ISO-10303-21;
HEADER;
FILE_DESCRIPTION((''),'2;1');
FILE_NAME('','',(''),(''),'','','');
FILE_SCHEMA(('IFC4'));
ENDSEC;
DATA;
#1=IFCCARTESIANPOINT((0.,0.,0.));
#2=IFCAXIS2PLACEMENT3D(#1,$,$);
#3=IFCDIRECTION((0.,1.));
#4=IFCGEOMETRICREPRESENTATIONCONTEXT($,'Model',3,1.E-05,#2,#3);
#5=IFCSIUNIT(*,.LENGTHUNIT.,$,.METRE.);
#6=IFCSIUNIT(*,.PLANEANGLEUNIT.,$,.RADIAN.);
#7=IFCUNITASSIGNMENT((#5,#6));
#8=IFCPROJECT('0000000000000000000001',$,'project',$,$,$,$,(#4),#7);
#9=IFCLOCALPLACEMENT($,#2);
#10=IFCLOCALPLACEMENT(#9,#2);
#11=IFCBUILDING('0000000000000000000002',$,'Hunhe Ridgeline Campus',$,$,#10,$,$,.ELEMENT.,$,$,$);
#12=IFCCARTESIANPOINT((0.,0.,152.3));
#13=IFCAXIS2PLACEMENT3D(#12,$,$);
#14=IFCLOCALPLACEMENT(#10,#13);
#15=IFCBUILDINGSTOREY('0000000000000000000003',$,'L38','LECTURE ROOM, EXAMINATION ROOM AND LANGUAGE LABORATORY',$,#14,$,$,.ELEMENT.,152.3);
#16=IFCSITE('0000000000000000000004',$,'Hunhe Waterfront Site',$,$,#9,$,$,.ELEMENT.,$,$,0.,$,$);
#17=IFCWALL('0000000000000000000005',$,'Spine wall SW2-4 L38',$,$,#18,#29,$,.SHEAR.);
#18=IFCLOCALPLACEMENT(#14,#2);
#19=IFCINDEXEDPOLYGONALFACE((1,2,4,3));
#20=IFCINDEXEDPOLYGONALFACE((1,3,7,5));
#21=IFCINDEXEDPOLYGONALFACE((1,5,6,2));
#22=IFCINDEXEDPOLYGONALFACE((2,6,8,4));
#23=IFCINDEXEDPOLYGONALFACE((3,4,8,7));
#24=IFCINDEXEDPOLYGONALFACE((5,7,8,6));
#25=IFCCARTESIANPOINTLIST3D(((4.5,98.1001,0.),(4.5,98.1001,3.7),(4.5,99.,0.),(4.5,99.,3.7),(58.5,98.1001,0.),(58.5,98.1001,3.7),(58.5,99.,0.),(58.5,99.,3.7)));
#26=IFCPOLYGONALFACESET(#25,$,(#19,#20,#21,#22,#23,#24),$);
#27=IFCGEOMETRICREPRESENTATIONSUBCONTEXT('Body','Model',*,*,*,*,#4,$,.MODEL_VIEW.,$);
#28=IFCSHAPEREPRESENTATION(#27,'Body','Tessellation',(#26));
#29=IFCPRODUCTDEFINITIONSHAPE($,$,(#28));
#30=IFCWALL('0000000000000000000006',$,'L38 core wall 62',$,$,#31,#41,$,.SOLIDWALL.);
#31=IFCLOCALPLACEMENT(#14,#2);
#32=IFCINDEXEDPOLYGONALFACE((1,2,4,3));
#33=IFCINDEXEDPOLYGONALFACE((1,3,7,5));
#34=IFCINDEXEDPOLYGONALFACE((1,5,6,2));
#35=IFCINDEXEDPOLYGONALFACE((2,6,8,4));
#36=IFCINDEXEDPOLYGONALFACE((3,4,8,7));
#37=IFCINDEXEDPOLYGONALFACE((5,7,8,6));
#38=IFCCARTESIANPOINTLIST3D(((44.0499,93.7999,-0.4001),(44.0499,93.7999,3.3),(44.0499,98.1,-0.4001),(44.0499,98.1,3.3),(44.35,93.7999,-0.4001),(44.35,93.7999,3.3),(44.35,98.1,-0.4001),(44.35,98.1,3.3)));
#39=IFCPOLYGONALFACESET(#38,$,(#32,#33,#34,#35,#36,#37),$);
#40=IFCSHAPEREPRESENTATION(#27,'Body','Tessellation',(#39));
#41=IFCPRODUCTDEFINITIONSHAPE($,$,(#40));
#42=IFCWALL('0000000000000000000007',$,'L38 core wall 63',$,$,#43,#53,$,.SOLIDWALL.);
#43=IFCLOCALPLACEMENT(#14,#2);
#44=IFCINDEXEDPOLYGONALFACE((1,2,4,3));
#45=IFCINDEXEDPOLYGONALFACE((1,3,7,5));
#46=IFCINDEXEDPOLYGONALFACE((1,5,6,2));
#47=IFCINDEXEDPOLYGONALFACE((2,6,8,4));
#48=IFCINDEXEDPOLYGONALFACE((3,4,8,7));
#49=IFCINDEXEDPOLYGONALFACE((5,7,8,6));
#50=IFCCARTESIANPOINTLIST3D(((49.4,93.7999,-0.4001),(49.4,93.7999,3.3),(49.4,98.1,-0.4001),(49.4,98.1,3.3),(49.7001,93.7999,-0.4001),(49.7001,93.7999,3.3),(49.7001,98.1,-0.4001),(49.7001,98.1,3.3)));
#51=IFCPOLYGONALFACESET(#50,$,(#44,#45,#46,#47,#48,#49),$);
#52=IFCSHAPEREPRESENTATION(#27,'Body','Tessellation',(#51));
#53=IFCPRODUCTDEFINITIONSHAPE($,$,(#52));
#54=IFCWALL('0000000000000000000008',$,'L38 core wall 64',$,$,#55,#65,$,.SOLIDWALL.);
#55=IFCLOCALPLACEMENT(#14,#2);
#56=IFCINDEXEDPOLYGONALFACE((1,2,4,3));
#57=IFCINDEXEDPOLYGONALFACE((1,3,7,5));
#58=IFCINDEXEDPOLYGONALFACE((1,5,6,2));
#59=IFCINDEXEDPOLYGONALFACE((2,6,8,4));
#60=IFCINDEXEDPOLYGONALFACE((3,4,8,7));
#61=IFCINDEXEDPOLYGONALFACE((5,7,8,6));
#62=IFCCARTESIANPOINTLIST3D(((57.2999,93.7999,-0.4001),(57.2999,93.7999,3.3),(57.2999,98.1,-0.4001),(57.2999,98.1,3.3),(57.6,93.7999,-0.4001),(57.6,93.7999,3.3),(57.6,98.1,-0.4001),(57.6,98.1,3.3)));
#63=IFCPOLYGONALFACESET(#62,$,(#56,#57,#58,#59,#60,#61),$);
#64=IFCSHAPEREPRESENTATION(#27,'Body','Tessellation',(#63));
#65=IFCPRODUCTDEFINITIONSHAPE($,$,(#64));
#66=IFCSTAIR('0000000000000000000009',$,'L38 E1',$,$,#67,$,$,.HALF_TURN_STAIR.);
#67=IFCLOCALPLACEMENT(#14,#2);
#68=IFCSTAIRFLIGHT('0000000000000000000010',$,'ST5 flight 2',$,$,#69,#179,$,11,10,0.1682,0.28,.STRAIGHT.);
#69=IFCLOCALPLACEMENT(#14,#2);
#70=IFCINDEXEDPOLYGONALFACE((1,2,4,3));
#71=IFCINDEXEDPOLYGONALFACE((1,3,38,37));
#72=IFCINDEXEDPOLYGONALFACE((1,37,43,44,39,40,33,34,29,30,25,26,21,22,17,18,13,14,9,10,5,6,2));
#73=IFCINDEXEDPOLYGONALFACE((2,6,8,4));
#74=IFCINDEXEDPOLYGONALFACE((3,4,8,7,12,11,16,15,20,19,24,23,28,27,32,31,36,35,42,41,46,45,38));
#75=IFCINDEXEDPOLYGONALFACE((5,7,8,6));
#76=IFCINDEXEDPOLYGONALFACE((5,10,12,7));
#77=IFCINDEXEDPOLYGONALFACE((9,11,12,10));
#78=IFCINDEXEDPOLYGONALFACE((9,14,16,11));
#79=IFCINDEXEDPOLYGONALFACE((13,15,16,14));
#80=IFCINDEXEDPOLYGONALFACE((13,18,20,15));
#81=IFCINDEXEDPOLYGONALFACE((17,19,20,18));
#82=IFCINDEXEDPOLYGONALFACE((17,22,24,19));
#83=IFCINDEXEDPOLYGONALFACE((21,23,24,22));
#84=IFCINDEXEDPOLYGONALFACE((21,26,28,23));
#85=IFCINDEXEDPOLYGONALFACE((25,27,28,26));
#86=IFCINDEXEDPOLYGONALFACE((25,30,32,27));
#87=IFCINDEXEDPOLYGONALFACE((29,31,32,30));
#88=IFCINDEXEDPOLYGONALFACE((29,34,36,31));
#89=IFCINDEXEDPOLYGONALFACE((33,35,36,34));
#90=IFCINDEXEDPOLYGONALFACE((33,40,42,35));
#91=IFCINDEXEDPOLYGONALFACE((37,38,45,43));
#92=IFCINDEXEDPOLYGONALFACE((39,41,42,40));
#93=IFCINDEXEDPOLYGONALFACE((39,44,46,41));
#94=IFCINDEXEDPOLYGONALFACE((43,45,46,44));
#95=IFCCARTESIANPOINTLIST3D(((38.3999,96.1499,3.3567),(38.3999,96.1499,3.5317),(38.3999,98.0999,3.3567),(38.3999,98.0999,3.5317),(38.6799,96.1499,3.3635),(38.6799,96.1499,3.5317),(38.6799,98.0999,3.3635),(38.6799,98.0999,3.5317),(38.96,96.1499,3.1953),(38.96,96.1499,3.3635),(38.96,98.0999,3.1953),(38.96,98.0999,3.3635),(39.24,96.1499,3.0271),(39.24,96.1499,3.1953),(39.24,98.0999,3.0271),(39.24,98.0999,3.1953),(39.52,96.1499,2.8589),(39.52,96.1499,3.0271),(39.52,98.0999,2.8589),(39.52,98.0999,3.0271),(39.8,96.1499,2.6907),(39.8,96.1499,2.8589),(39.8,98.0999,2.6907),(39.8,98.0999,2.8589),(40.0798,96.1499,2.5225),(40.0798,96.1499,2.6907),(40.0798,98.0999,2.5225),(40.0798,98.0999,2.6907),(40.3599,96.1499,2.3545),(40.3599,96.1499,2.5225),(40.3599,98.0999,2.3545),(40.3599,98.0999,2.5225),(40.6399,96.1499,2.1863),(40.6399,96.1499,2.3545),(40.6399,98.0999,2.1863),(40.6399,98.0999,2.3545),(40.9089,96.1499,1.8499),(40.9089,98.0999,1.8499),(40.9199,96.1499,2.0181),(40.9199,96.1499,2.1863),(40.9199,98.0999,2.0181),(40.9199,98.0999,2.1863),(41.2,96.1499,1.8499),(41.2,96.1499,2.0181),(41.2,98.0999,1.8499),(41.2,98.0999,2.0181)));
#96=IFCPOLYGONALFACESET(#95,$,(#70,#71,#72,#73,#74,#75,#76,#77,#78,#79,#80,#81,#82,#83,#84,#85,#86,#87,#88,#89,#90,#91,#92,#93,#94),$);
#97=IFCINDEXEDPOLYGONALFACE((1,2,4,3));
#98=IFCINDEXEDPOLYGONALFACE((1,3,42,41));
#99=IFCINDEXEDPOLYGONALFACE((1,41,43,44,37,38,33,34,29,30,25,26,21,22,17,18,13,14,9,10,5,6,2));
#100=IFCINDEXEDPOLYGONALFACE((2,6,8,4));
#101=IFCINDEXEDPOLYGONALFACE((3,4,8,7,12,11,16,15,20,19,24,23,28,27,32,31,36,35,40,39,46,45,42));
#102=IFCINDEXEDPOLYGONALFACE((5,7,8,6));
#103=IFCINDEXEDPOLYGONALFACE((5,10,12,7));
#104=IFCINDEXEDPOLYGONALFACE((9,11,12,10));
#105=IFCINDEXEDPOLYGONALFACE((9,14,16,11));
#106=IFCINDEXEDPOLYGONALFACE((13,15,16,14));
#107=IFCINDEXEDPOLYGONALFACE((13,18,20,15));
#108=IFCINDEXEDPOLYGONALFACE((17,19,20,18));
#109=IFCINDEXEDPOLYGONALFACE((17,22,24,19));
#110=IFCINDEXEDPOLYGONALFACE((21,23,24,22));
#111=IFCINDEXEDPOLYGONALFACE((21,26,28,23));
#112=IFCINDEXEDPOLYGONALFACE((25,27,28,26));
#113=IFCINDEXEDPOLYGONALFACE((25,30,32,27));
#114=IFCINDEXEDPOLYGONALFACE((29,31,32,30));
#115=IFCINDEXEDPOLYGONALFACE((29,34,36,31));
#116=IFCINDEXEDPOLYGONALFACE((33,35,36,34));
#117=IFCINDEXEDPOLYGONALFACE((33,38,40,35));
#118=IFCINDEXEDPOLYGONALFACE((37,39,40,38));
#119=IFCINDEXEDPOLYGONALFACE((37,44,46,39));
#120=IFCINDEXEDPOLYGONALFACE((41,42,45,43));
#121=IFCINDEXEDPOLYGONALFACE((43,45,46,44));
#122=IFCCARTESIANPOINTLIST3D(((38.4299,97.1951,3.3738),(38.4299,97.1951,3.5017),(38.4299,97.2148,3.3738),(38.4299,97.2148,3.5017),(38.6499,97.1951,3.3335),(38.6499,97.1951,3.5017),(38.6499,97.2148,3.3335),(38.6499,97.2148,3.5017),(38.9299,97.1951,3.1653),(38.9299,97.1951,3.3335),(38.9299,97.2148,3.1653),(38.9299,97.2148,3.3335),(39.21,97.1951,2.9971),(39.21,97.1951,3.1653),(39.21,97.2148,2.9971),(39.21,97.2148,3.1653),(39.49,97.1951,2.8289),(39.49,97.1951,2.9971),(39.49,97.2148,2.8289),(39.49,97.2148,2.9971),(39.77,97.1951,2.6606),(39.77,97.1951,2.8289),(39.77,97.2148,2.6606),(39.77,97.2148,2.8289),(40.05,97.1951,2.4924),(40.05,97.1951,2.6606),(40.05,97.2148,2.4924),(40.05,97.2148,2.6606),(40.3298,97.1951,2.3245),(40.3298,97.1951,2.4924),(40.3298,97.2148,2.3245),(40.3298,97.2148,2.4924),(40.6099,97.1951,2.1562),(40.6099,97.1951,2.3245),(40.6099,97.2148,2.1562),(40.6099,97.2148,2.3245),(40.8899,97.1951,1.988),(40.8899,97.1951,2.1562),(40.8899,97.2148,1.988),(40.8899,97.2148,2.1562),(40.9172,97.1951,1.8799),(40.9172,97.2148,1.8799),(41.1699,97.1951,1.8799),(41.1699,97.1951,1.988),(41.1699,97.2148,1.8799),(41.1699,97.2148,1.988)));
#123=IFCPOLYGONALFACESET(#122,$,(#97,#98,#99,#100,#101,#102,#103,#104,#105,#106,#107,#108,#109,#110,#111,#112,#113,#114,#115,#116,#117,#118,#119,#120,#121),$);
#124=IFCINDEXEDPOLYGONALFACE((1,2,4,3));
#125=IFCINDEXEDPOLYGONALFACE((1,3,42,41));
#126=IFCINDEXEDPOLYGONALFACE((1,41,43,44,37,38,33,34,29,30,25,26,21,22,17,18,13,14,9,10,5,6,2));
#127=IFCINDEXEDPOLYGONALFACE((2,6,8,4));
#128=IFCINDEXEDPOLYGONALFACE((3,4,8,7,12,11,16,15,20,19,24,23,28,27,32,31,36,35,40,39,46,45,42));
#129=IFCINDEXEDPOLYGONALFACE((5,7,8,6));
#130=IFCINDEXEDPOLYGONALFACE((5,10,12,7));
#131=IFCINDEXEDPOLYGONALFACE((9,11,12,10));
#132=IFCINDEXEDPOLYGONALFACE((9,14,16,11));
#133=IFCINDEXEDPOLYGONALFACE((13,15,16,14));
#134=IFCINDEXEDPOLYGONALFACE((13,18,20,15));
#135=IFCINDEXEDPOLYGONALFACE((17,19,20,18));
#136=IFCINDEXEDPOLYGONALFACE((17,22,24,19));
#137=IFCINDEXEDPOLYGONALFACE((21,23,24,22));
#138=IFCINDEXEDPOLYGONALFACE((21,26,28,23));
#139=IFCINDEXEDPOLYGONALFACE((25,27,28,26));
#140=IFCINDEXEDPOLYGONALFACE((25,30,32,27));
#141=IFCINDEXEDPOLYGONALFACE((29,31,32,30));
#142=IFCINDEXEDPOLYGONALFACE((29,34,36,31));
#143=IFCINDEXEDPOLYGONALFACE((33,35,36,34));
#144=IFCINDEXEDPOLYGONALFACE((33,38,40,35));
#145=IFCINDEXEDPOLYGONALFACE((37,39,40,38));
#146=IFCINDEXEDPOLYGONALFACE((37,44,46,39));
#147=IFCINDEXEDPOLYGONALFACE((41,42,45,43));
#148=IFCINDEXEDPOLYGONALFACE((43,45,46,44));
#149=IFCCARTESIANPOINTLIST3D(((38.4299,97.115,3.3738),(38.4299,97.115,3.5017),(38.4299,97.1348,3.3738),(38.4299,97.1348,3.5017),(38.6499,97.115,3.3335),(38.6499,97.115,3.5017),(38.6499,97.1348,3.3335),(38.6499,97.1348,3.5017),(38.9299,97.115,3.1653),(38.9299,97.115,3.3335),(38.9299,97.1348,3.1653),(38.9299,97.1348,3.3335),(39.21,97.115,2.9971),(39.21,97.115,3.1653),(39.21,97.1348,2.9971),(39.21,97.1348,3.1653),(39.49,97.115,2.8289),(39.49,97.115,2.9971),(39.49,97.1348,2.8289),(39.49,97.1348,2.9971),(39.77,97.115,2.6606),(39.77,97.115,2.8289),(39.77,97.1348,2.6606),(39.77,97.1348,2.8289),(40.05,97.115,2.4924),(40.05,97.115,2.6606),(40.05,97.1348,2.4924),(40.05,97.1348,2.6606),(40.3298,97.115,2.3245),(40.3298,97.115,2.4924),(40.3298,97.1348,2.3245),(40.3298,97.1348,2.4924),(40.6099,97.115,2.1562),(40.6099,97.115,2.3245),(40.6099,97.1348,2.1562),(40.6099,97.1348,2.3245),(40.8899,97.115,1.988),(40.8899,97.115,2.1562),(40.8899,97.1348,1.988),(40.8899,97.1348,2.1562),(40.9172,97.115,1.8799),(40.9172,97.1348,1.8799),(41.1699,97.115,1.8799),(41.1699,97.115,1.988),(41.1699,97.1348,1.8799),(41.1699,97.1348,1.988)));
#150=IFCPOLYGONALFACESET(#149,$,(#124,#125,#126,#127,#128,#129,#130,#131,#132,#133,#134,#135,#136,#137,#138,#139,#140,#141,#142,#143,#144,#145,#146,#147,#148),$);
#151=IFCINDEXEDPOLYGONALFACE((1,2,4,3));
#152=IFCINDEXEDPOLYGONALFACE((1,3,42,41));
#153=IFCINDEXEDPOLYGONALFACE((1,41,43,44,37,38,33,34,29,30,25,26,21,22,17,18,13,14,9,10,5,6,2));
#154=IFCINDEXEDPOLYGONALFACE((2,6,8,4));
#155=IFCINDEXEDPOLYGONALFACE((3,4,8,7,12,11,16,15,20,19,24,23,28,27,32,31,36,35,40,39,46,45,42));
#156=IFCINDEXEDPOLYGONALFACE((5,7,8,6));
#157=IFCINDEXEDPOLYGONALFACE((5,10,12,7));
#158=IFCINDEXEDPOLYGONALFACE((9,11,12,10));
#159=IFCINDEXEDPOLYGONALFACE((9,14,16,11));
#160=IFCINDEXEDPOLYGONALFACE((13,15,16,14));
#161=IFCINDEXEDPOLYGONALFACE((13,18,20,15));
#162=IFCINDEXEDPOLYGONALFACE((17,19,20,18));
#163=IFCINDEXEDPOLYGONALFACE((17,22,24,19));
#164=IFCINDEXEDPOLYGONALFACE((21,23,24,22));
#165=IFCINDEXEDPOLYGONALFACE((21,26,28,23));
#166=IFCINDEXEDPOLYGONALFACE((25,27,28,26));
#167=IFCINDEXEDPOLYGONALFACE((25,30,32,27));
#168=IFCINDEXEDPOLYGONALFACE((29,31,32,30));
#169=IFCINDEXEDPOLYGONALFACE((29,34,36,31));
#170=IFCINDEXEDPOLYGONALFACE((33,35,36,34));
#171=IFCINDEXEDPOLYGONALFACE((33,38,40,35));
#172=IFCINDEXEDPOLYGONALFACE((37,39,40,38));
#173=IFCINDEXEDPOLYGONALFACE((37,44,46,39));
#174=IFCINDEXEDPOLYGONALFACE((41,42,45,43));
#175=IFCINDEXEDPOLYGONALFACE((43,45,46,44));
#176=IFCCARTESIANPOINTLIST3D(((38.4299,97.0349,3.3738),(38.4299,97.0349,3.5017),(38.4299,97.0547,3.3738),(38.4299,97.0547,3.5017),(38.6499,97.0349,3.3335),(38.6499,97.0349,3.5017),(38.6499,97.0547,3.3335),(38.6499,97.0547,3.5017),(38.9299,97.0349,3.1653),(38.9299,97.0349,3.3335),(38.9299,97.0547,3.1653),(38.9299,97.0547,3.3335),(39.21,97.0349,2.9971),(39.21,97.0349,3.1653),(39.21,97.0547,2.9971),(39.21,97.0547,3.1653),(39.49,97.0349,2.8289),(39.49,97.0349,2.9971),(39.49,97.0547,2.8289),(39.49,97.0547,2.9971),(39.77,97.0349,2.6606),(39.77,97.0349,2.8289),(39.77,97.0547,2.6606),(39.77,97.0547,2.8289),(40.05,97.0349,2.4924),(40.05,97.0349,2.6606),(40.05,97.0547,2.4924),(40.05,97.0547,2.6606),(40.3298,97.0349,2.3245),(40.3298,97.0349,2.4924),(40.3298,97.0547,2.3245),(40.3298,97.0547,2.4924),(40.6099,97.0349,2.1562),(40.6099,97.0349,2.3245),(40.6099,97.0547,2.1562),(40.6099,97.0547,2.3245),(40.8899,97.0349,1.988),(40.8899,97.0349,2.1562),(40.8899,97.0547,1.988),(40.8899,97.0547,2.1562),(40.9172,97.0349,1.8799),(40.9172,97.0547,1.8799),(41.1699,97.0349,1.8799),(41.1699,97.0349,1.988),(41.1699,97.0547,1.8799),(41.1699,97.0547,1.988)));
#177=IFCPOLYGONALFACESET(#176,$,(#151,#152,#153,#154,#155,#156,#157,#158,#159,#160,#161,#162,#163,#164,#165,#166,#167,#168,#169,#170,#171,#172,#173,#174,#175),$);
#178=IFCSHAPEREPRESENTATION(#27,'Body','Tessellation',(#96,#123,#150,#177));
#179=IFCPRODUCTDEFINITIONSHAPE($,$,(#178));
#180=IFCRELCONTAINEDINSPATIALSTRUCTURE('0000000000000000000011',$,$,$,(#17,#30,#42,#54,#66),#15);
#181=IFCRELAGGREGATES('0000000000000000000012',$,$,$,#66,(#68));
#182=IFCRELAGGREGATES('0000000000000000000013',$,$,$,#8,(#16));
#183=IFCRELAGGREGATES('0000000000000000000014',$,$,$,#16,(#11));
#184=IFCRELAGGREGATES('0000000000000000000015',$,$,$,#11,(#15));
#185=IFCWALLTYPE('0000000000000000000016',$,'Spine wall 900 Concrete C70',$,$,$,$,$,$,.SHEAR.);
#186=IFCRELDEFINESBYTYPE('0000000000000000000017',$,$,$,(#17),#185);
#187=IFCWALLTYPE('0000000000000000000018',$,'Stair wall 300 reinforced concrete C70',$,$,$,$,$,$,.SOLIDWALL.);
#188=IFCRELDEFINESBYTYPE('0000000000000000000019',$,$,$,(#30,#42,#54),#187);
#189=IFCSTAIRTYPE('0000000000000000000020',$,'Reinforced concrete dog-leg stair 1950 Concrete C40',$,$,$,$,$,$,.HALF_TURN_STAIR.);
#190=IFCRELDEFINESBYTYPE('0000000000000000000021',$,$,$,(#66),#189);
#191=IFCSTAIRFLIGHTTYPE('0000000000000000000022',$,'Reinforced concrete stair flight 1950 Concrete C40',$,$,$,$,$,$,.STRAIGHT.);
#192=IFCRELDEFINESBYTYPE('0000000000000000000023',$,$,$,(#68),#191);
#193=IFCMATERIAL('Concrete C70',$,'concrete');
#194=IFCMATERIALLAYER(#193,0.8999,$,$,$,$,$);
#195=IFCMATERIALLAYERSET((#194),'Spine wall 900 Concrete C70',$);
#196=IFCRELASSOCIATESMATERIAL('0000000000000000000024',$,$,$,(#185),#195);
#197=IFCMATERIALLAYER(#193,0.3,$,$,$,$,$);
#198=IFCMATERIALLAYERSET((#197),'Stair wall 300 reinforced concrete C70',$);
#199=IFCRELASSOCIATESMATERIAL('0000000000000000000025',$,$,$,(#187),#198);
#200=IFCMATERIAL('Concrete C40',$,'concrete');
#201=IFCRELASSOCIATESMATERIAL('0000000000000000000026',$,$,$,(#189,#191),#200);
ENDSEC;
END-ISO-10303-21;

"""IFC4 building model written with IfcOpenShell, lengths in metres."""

from ifc_helpers import new_model, si_unit, direction, frame, frame_2d, origin, place, context, subcontext, project, spatial, polyline, rectangle, outline, extrude, material, layer, layer_set, type_object, element, aggregate, save


model = new_model("IFC4")

# Units and contexts
model_context = context("Model", 3, precision=1e-05, world=origin(), true_north=direction((0.0, 1.0)))
body_context = subcontext(model_context, "Body", "Model", "MODEL_VIEW")
ifc_project = project(units=[si_unit("LENGTHUNIT", "METRE"), si_unit("PLANEANGLEUNIT", "RADIAN")], contexts=[model_context])

# Site, building, storey
site_placement = place(None, origin())
site = spatial("IfcSite", under=ifc_project, at=site_placement, Name="Hunhe Waterfront Site", CompositionType="ELEMENT", RefElevation=0.0)
building_placement = place(site_placement, origin())
building = spatial("IfcBuilding", under=site, at=building_placement, Name="Hunhe Ridgeline Campus", CompositionType="ELEMENT")
storey_placement = place(building_placement, frame((0.0, 0.0, 152.3)))
storey = spatial("IfcBuildingStorey", under=building, at=storey_placement, Name="L38", Description="LECTURE ROOM, EXAMINATION ROOM AND LANGUAGE LABORATORY", CompositionType="ELEMENT", Elevation=152.3)

# Shared definitions
ifc_material_1 = material(Name="Concrete C70", Category="concrete")

# Wall
ifc_layer_1 = layer(ifc_material_1, 0.8999)
ifc_layer_set_1 = layer_set([ifc_layer_1], Name="Spine wall 900 Concrete C70")
wall_type_1 = type_object("IfcWallType", Name="Spine wall 900 Concrete C70", PredefinedType="SHEAR", material=ifc_layer_set_1)
wall_1_placement = place(storey_placement, frame((58.5, 98.55, 0.0), z_axis=(0.0, 0.0, 1.0), x_axis=(-1.0, 0.0, 0.0)))
element("IfcWall", 1, at=wall_1_placement, inside=storey, type_object=wall_type_1, Name="Spine wall SW2-4 L38", PredefinedType="SHEAR", context=body_context, shape_type="SweptSolid", body=[
    extrude(rectangle(XDim=54.0, YDim=0.8999, at=frame_2d((27.0, 0.0))), origin(), (0.0, 0.0, 1.0), 3.7),
])

# Shared definitions
ifc_layer_2 = layer(ifc_material_1, 0.3)
ifc_layer_set_2 = layer_set([ifc_layer_2], Name="Stair wall 300 reinforced concrete C70")
wall_type_2 = type_object("IfcWallType", Name="Stair wall 300 reinforced concrete C70", PredefinedType="SOLIDWALL", material=ifc_layer_set_2)

# Walls
for number, where, z_axis, x_axis, name in (
    (2, (44.2, 93.8, -0.4001), (0.0, 0.0, 1.0), (0.0, 1.0, 0.0), "L38 core wall 62"),
    (3, (49.55, 93.8, -0.4001), (0.0, 0.0, 1.0), (0.0, 1.0, 0.0), "L38 core wall 63"),
    (4, (57.45, 93.8, -0.4001), (0.0, 0.0, 1.0), (0.0, 1.0, 0.0), "L38 core wall 64"),
):
    element("IfcWall", number, at=place(storey_placement, frame(where, z_axis=z_axis, x_axis=x_axis)), inside=storey, type_object=wall_type_2, Name=name, PredefinedType="SOLIDWALL", context=body_context, shape_type="SweptSolid", body=[
        extrude(rectangle(XDim=4.3, YDim=0.3, at=frame_2d((2.1499, 0.0))), origin(), (0.0, 0.0, 1.0), 3.7002),
    ])

# Stair, stair flight
ifc_material_2 = material(Name="Concrete C40", Category="concrete")
stair_type = type_object("IfcStairType", Name="Reinforced concrete dog-leg stair 1950 Concrete C40", PredefinedType="HALF_TURN_STAIR", material=ifc_material_2)
stair_1_placement = place(storey_placement, origin())
stair_1 = element("IfcStair", 5, at=stair_1_placement, inside=storey, type_object=stair_type, Name="L38 E1", PredefinedType="HALF_TURN_STAIR")
stair_flight_type = type_object("IfcStairFlightType", Name="Reinforced concrete stair flight 1950 Concrete C40", PredefinedType="STRAIGHT", material=ifc_material_2)
stair_flight_1_placement = place(storey_placement, frame((41.2, 97.125, 1.8499), z_axis=(0.0, 0.0, 1.0), x_axis=(-1.0, 0.0, 0.0)))
stair_flight_1 = element("IfcStairFlight", 6, at=stair_flight_1_placement, type_object=stair_flight_type, Name="ST5 flight 2", NumberOfRisers=11, NumberOfTreads=10, PredefinedType="STRAIGHT", RiserHeight=0.1682, TreadLength=0.28, context=body_context, shape_type="SweptSolid", body=[
    extrude(outline(polyline([(0.0, 0.0), (0.0, 0.1682), (0.28, 0.1682), (0.28, 0.3364), (0.5601, 0.3364), (0.5601, 0.5046), (0.8401, 0.5046), (0.8401, 0.6726), (1.1201, 0.6726), (1.1201, 0.8408), (1.3999, 0.8408), (1.3999, 1.009), (1.6799, 1.009), (1.6799, 1.1772), (1.96, 1.1772), (1.96, 1.3455), (2.24, 1.3455), (2.24, 1.5137), (2.52, 1.5137), (2.52, 1.6819), (2.8, 1.6819), (2.8, 1.8501), (2.8, 1.5068), (0.291, 0.0), (0.0, 0.0)])), frame((0.0, 0.9751, 0.0), z_axis=(0.0, -1.0, 0.0), x_axis=(1.0, 0.0, 0.0)), (0.0, 0.0, 1.0), 1.95),
    extrude(outline(polyline([(0.03, 0.03), (0.03, 0.1382), (0.3101, 0.1382), (0.3101, 0.3064), (0.5901, 0.3064), (0.5901, 0.4746), (0.8701, 0.4746), (0.8701, 0.6426), (1.1499, 0.6426), (1.1499, 0.8108), (1.4299, 0.8108), (1.4299, 0.979), (1.71, 0.979), (1.71, 1.1472), (1.99, 1.1472), (1.99, 1.3154), (2.27, 1.3154), (2.27, 1.4836), (2.55, 1.4836), (2.55, 1.6519), (2.77, 1.6519), (2.77, 1.5239), (0.2827, 0.03), (0.03, 0.03)])), frame((0.0, -0.0701, 0.0), z_axis=(0.0, -1.0, 0.0), x_axis=(1.0, 0.0, 0.0)), (0.0, 0.0, 1.0), 0.0198),
    extrude(outline(polyline([(0.03, 0.03), (0.03, 0.1382), (0.3101, 0.1382), (0.3101, 0.3064), (0.5901, 0.3064), (0.5901, 0.4746), (0.8701, 0.4746), (0.8701, 0.6426), (1.1499, 0.6426), (1.1499, 0.8108), (1.4299, 0.8108), (1.4299, 0.979), (1.71, 0.979), (1.71, 1.1472), (1.99, 1.1472), (1.99, 1.3154), (2.27, 1.3154), (2.27, 1.4836), (2.55, 1.4836), (2.55, 1.6519), (2.77, 1.6519), (2.77, 1.5239), (0.2827, 0.03), (0.03, 0.03)])), frame((0.0, 0.01, 0.0), z_axis=(0.0, -1.0, 0.0), x_axis=(1.0, 0.0, 0.0)), (0.0, 0.0, 1.0), 0.0198),
    extrude(outline(polyline([(0.03, 0.03), (0.03, 0.1382), (0.3101, 0.1382), (0.3101, 0.3064), (0.5901, 0.3064), (0.5901, 0.4746), (0.8701, 0.4746), (0.8701, 0.6426), (1.1499, 0.6426), (1.1499, 0.8108), (1.4299, 0.8108), (1.4299, 0.979), (1.71, 0.979), (1.71, 1.1472), (1.99, 1.1472), (1.99, 1.3154), (2.27, 1.3154), (2.27, 1.4836), (2.55, 1.4836), (2.55, 1.6519), (2.77, 1.6519), (2.77, 1.5239), (0.2827, 0.03), (0.03, 0.03)])), frame((0.0, 0.0901, 0.0), z_axis=(0.0, -1.0, 0.0), x_axis=(1.0, 0.0, 0.0)), (0.0, 0.0, 1.0), 0.0198),
])
aggregate(stair_1, [stair_flight_1])

save(model, "model.ifc")
